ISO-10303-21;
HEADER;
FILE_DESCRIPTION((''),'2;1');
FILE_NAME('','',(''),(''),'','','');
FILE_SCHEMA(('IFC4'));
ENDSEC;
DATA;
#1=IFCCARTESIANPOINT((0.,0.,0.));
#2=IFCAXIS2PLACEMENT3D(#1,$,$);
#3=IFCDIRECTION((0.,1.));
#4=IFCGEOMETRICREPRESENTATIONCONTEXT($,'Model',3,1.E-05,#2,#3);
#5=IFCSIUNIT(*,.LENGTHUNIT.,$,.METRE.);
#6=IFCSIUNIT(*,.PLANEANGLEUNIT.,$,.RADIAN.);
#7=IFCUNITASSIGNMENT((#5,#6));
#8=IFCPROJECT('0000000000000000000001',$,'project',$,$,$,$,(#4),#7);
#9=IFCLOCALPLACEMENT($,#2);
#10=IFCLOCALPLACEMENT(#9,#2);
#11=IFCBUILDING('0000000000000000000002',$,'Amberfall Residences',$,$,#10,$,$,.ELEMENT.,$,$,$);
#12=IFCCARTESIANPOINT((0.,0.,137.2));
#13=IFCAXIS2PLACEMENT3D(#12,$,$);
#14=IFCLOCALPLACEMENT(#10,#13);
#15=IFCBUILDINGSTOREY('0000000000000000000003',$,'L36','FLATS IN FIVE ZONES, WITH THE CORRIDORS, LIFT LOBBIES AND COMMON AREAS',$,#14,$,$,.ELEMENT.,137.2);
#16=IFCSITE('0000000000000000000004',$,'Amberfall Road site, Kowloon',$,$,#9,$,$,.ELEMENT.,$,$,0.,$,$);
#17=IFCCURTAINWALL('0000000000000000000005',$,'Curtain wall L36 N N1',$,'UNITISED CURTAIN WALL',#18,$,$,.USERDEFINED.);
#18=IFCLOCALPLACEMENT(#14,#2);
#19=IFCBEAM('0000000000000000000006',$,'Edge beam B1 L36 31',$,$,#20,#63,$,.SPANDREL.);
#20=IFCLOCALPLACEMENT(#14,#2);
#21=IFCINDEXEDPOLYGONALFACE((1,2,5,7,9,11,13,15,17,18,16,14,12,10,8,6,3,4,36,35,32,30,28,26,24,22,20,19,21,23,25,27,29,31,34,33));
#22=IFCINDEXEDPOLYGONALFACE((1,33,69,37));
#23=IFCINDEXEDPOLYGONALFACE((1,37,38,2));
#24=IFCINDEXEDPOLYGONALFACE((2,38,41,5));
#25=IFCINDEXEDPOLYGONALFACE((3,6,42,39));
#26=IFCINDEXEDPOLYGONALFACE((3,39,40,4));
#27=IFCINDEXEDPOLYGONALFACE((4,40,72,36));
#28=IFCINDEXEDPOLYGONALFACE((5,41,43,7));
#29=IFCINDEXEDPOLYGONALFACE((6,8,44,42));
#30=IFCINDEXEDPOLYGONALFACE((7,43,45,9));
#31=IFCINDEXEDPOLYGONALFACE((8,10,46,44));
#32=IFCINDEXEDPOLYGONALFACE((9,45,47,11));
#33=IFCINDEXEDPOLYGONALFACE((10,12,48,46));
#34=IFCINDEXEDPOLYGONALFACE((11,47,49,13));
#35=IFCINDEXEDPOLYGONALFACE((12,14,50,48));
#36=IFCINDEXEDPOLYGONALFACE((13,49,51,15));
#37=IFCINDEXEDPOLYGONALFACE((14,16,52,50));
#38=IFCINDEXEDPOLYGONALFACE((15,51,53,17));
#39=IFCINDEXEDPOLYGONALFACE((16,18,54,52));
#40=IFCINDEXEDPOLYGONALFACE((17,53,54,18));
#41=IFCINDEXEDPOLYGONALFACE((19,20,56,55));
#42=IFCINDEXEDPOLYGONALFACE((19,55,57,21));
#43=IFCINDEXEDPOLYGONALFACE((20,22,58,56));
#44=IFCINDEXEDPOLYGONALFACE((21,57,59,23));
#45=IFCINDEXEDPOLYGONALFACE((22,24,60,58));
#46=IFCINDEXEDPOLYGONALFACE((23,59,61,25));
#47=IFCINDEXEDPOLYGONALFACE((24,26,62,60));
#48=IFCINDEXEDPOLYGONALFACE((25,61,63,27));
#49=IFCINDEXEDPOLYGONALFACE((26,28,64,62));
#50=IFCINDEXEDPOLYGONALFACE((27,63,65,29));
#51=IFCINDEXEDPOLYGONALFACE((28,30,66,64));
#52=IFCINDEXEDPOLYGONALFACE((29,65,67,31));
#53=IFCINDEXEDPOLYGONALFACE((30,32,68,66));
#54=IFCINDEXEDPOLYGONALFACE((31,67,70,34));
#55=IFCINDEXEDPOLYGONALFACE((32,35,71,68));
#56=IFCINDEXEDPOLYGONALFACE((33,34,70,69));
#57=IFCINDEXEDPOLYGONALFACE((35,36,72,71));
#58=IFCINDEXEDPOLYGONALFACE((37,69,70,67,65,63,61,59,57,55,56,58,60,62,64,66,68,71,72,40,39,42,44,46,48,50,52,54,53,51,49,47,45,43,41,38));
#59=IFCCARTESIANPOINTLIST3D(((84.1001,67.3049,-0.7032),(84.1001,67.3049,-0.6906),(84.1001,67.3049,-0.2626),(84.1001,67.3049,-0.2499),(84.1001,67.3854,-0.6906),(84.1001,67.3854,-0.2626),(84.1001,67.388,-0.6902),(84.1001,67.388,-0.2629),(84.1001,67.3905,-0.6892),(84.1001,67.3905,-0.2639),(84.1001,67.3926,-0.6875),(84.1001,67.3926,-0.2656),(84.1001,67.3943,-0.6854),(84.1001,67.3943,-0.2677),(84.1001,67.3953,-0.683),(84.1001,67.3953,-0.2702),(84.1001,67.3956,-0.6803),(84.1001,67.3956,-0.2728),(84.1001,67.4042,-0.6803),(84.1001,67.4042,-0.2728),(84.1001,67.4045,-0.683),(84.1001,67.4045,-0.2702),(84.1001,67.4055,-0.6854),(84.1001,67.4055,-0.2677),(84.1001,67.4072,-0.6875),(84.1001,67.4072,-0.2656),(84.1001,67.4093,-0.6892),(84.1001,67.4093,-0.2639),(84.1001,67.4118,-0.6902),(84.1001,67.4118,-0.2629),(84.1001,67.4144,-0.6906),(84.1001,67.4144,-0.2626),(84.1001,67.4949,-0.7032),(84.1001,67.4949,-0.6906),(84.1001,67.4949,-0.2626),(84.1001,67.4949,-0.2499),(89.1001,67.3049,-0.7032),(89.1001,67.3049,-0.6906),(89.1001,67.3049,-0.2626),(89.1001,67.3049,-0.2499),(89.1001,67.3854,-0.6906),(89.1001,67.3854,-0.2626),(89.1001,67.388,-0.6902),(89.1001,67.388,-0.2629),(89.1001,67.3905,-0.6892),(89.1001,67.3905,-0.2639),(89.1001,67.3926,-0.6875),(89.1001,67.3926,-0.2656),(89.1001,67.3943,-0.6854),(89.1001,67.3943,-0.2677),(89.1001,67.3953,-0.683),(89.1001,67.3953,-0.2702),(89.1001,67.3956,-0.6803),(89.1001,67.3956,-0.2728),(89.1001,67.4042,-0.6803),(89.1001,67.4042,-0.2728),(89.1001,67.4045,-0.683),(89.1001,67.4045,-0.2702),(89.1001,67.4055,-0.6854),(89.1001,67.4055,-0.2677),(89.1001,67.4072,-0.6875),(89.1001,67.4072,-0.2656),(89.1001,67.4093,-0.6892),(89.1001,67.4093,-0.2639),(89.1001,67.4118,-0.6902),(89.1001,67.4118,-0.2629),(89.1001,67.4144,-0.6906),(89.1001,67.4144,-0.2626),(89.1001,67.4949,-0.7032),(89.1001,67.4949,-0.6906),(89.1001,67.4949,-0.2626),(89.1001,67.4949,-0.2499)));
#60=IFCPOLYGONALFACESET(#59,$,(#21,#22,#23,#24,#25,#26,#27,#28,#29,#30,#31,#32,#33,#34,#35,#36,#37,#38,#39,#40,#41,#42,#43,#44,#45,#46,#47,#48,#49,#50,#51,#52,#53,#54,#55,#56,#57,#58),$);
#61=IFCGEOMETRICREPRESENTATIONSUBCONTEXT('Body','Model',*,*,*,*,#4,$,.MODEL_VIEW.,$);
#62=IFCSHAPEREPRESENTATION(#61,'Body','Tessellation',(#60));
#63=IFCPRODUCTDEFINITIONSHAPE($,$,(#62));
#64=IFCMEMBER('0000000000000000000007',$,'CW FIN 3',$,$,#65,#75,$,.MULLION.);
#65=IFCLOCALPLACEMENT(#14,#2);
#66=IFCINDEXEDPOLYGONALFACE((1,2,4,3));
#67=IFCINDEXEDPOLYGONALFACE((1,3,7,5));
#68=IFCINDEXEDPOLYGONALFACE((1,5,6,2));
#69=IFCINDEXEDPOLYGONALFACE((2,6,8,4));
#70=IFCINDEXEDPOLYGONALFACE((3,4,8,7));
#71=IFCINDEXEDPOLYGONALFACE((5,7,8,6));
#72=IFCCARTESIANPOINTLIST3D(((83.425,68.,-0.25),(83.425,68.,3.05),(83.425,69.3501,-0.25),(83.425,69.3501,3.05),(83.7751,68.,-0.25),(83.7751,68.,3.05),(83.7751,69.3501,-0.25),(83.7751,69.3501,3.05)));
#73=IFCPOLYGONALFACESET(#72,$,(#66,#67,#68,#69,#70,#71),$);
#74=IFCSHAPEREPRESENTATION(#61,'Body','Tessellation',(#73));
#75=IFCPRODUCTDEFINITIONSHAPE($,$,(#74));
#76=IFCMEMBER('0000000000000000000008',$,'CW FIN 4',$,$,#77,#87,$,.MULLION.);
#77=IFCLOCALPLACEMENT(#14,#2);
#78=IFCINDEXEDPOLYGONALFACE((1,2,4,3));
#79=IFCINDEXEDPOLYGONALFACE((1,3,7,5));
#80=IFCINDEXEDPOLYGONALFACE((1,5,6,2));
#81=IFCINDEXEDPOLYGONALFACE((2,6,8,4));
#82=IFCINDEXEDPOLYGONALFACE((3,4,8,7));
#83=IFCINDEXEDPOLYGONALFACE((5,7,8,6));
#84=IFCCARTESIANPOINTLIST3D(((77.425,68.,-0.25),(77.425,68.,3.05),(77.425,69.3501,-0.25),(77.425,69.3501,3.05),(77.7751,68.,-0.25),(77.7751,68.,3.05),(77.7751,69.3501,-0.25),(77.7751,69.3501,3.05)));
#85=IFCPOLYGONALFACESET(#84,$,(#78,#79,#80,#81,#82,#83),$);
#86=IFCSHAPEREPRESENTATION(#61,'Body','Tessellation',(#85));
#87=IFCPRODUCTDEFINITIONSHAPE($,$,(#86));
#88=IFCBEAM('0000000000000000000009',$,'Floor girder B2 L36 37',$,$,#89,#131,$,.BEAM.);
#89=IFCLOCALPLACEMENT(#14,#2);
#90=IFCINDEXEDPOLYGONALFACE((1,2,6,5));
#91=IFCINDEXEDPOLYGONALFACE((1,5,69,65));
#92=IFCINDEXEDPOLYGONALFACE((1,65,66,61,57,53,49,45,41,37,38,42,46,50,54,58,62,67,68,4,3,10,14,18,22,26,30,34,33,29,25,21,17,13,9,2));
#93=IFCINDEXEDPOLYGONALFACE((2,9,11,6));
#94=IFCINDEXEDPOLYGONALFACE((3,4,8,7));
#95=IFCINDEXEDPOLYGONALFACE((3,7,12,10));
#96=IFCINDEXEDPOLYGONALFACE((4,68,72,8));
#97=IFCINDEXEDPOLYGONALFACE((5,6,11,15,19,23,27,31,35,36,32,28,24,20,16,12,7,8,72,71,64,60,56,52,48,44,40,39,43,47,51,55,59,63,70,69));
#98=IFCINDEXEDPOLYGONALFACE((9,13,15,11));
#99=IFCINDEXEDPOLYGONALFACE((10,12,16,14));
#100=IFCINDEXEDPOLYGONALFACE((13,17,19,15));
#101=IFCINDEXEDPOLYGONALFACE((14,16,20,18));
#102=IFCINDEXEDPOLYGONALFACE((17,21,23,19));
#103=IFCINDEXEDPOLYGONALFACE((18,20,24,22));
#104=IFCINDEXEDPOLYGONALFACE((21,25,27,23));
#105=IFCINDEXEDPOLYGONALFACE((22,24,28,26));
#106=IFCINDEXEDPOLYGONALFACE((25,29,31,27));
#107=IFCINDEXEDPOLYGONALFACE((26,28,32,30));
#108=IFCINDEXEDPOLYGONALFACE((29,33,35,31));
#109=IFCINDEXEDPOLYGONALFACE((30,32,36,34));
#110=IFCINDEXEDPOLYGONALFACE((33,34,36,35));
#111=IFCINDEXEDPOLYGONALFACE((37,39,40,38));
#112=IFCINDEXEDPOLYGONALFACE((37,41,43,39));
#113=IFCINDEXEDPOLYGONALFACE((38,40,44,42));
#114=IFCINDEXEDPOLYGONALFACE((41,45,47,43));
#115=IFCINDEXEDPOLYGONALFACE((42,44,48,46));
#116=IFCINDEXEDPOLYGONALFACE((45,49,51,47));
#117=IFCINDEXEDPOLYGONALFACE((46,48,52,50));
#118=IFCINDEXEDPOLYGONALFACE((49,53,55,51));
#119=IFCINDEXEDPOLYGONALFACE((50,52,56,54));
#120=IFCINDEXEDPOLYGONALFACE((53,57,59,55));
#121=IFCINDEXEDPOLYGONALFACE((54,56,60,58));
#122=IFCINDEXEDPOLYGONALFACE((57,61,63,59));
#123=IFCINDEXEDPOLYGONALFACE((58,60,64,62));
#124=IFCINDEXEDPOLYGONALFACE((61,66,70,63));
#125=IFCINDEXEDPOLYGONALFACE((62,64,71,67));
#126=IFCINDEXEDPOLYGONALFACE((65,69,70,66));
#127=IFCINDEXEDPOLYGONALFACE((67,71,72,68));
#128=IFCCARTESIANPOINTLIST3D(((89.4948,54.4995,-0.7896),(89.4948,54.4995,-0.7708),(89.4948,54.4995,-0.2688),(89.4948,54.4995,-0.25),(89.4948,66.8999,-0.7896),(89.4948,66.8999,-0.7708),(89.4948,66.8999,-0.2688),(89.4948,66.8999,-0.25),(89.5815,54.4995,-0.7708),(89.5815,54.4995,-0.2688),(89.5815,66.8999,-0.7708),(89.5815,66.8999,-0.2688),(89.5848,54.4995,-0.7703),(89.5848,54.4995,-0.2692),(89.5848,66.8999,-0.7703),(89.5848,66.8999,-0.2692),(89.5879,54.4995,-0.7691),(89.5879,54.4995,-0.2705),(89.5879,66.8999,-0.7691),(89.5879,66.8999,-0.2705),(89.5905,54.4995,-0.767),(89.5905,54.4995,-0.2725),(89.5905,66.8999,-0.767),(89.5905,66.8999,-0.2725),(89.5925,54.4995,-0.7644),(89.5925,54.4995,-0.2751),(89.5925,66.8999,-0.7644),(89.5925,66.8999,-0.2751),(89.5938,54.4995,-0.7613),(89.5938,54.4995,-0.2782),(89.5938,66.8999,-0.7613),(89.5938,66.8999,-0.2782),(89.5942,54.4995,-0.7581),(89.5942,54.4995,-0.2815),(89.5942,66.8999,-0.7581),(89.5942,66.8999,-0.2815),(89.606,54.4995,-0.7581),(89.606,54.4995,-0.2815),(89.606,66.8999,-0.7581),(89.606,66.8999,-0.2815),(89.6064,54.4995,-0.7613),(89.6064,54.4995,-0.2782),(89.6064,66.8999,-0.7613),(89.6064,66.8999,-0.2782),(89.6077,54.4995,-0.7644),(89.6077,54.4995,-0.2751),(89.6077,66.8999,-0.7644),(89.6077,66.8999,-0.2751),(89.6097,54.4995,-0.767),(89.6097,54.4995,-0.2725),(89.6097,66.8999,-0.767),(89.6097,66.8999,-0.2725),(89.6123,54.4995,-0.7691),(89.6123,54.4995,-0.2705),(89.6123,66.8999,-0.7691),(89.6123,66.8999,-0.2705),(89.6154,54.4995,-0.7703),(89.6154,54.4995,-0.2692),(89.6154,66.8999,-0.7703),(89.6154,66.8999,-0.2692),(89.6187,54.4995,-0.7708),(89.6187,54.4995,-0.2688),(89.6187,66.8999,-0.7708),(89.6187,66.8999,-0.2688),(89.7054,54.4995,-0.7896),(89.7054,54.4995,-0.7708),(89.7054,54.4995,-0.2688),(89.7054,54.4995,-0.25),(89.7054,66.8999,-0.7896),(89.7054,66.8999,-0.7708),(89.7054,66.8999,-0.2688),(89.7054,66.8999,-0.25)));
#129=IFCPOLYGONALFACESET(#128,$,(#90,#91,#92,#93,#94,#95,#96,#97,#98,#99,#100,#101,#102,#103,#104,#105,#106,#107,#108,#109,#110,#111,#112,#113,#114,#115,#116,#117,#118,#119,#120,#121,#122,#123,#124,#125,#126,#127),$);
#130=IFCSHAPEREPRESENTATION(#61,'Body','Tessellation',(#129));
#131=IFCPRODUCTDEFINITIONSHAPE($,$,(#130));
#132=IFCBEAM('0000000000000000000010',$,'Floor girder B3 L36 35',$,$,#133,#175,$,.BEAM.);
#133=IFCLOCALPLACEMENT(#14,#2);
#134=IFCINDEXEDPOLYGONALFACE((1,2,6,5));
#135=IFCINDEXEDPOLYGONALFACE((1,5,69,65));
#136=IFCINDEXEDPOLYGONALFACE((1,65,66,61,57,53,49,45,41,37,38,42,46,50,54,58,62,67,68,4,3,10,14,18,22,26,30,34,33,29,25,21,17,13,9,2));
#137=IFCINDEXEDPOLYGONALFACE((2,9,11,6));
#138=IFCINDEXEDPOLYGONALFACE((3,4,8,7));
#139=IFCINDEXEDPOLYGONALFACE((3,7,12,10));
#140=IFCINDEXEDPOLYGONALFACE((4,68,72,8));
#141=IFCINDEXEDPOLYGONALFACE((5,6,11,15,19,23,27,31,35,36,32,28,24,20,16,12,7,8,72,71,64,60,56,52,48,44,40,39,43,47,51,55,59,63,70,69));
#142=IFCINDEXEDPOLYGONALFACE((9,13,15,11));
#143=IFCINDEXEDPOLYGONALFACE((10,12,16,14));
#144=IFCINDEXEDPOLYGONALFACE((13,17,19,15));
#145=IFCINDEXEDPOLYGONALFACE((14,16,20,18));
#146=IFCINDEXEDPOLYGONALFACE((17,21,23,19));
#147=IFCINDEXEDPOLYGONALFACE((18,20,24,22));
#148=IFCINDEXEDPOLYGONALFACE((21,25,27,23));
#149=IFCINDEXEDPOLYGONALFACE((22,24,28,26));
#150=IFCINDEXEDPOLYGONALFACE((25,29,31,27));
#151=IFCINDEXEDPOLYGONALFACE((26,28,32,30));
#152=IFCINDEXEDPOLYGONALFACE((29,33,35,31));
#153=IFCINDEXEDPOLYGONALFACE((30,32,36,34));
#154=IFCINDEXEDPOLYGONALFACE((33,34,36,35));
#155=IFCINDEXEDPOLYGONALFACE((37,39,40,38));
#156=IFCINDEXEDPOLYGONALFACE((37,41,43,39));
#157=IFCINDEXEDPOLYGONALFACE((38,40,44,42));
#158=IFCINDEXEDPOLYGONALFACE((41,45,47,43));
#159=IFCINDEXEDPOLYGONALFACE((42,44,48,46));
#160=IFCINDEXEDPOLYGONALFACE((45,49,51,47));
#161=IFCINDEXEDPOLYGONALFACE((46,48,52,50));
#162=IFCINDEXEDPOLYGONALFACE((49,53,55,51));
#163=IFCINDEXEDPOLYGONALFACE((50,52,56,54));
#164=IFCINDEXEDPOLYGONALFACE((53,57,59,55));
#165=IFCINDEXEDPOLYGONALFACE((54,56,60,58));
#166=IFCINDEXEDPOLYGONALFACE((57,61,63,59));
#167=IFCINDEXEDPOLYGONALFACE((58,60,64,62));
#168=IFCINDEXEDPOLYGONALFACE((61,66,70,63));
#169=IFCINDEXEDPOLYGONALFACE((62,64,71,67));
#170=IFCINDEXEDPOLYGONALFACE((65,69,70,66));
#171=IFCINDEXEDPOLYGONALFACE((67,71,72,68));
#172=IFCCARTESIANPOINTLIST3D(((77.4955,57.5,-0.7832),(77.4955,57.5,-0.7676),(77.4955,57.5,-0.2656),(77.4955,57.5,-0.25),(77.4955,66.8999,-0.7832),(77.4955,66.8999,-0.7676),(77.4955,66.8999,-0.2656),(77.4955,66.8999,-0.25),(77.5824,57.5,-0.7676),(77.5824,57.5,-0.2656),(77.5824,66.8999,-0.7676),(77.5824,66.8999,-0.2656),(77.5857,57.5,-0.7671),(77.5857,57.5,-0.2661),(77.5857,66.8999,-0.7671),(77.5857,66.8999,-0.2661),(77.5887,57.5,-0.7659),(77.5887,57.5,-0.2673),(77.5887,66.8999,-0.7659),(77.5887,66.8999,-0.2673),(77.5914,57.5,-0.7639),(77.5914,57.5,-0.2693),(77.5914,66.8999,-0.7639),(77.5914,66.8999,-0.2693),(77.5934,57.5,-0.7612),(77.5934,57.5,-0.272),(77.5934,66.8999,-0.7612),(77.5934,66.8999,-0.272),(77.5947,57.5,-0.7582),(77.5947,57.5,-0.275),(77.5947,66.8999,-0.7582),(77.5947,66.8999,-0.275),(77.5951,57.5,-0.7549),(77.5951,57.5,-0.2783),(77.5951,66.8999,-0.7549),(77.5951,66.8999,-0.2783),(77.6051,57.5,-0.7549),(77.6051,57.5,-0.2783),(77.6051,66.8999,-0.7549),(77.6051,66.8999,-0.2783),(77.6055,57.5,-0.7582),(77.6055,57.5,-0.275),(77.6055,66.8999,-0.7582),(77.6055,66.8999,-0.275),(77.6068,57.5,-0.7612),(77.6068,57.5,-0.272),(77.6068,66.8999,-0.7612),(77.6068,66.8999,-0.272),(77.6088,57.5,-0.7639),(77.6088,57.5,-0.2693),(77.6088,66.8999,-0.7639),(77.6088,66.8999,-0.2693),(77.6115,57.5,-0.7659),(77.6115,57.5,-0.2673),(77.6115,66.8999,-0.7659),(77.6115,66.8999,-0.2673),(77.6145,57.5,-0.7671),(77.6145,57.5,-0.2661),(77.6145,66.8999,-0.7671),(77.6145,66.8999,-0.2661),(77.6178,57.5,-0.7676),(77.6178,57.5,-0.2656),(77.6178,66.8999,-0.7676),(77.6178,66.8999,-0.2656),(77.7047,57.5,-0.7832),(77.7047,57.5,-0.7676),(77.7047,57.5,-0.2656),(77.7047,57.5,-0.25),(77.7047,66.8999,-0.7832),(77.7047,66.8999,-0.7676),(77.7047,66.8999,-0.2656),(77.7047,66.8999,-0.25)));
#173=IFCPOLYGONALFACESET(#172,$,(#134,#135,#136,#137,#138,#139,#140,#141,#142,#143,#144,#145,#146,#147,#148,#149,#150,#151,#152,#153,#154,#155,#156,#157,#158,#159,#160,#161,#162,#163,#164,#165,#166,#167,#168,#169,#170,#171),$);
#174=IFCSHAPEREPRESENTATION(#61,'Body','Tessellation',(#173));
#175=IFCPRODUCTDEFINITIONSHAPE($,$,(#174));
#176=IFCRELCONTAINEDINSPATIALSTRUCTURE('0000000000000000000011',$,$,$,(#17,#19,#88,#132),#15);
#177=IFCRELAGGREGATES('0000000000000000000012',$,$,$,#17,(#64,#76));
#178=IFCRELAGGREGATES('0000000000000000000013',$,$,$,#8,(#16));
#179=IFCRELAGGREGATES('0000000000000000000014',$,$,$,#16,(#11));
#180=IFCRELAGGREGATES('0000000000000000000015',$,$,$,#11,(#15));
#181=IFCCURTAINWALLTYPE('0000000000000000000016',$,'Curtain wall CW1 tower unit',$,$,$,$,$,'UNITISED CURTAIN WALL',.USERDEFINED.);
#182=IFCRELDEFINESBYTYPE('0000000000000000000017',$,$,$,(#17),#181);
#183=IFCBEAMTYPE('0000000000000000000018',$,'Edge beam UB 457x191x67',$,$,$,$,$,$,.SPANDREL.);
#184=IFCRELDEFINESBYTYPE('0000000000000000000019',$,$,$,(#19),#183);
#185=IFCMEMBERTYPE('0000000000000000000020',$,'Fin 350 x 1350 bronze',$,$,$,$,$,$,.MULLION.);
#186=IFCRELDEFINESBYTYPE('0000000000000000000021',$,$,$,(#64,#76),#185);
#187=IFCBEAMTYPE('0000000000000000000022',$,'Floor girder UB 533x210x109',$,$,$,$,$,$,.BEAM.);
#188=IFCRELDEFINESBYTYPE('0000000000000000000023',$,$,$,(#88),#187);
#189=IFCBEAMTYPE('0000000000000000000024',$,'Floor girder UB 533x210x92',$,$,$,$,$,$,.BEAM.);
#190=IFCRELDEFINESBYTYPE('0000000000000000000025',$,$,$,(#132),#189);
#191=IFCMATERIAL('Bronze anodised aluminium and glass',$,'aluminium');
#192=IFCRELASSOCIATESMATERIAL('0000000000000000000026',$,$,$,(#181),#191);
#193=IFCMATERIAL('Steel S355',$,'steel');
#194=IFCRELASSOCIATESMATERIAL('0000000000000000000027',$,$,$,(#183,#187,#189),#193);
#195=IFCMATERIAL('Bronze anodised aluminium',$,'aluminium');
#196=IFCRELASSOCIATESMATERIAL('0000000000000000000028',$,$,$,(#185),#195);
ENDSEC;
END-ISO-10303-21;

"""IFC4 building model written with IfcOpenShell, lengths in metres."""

from ifc_helpers import new_model, si_unit, direction, frame, origin, origin_2d, place, context, subcontext, project, spatial, rectangle, i_section, extrude, material, material_profile, profile_set, type_object, element, aggregate, save


model = new_model("IFC4")

# Units and contexts
model_context = context("Model", 3, precision=1e-05, world=origin(), true_north=direction((0.0, 1.0)))
body_context = subcontext(model_context, "Body", "Model", "MODEL_VIEW")
ifc_project = project(units=[si_unit("LENGTHUNIT", "METRE"), si_unit("PLANEANGLEUNIT", "RADIAN")], contexts=[model_context])

# Site, building, storey
site_placement = place(None, origin())
site = spatial("IfcSite", under=ifc_project, at=site_placement, Name="Amberfall Road site, Kowloon", CompositionType="ELEMENT", RefElevation=0.0)
building_placement = place(site_placement, origin())
building = spatial("IfcBuilding", under=site, at=building_placement, Name="Amberfall Residences", CompositionType="ELEMENT")
storey_placement = place(building_placement, frame((0.0, 0.0, 137.2)))
storey = spatial("IfcBuildingStorey", under=building, at=storey_placement, Name="L36", Description="FLATS IN FIVE ZONES, WITH THE CORRIDORS, LIFT LOBBIES AND COMMON AREAS", CompositionType="ELEMENT", Elevation=137.2)

# Curtain wall
ifc_material_1 = material(Name="Bronze anodised aluminium and glass", Category="aluminium")
curtain_wall_type = type_object("IfcCurtainWallType", Name="Curtain wall CW1 tower unit", ElementType="UNITISED CURTAIN WALL", PredefinedType="USERDEFINED", material=ifc_material_1)
curtain_wall_placement = place(storey_placement, origin())
curtain_wall = element("IfcCurtainWall", 1, at=curtain_wall_placement, inside=storey, type_object=curtain_wall_type, Name="Curtain wall L36 N N1", ObjectType="UNITISED CURTAIN WALL", PredefinedType="USERDEFINED")
ifc_material_2 = material(Name="Bronze anodised aluminium", Category="aluminium")

# Beam
ifc_material_3 = material(Name="Steel S355", Category="steel")
ifc_material_profile_1 = material_profile(ifc_material_3, i_section(OverallWidth=0.1899, OverallDepth=0.4534, WebThickness=0.0085, FlangeThickness=0.0127, FilletRadius=0.0103, at=origin_2d()), Name="UB 457x191x67")
ifc_profile_set_1 = profile_set([ifc_material_profile_1], Name="Steel S355")
beam_type_1 = type_object("IfcBeamType", Name="Edge beam UB 457x191x67", PredefinedType="SPANDREL", material=ifc_profile_set_1)
for number, where, z_axis, x_axis, name in (
    (2, (84.1001, 67.3999, -0.4766), (1.0, 0.0, 0.0), (0.0, 1.0, 0.0), "Edge beam B1 L36 31"),
):
    element("IfcBeam", number, at=place(storey_placement, frame(where, z_axis=z_axis, x_axis=x_axis)), inside=storey, type_object=beam_type_1, Name=name, PredefinedType="SPANDREL", context=body_context, shape_type="SweptSolid", body=[
        extrude(i_section(OverallWidth=0.1899, OverallDepth=0.4534, WebThickness=0.0085, FlangeThickness=0.0127, FilletRadius=0.0103, at=origin_2d()), origin(), (0.0, 0.0, 1.0), 5.0),
    ])

# Members
ifc_material_profile_2 = material_profile(ifc_material_2, rectangle(XDim=1.3501, YDim=0.3501, at=origin_2d()), Name="Fin 350 x 1350 bronze")
ifc_profile_set_2 = profile_set([ifc_material_profile_2], Name="Bronze anodised aluminium")
member_type_1 = type_object("IfcMemberType", Name="Fin 350 x 1350 bronze", PredefinedType="MULLION", material=ifc_profile_set_2)
member_1_placement = place(storey_placement, frame((83.6001, 68.675, -0.25), z_axis=(0.0, 0.0, 1.0), x_axis=(0.0, -1.0, 0.0)))
member_1 = element("IfcMember", 3, at=member_1_placement, type_object=member_type_1, Name="CW FIN 3", PredefinedType="MULLION", context=body_context, shape_type="SweptSolid", body=[
    extrude(rectangle(XDim=1.3501, YDim=0.3501, at=origin_2d()), origin(), (0.0, 0.0, 1.0), 3.3),
])
member_2_placement = place(storey_placement, frame((77.6001, 68.675, -0.25), z_axis=(0.0, 0.0, 1.0), x_axis=(0.0, -1.0, 0.0)))
member_2 = element("IfcMember", 4, at=member_2_placement, type_object=member_type_1, Name="CW FIN 4", PredefinedType="MULLION", context=body_context, shape_type="SweptSolid", body=[
    extrude(rectangle(XDim=1.3501, YDim=0.3501, at=origin_2d()), origin(), (0.0, 0.0, 1.0), 3.3),
])

# Beams
ifc_material_profile_3 = material_profile(ifc_material_3, i_section(OverallWidth=0.2107, OverallDepth=0.5396, WebThickness=0.0117, FlangeThickness=0.0188, FilletRadius=0.0127, at=origin_2d()), Name="UB 533x210x109")
ifc_profile_set_3 = profile_set([ifc_material_profile_3], Name="Steel S355")
beam_type_2 = type_object("IfcBeamType", Name="Floor girder UB 533x210x109", PredefinedType="BEAM", material=ifc_profile_set_3)
beam_placement = place(storey_placement, frame((89.6001, 66.8999, -0.5198), z_axis=(0.0, -1.0, 0.0), x_axis=(1.0, 0.0, 0.0)))
element("IfcBeam", 5, at=beam_placement, inside=storey, type_object=beam_type_2, Name="Floor girder B2 L36 37", PredefinedType="BEAM", context=body_context, shape_type="SweptSolid", body=[
    extrude(i_section(OverallWidth=0.2107, OverallDepth=0.5396, WebThickness=0.0117, FlangeThickness=0.0188, FilletRadius=0.0127, at=origin_2d()), origin(), (0.0, 0.0, 1.0), 12.4004),
])
ifc_material_profile_4 = material_profile(ifc_material_3, i_section(OverallWidth=0.2092, OverallDepth=0.5332, WebThickness=0.01, FlangeThickness=0.0156, FilletRadius=0.0127, at=origin_2d()), Name="UB 533x210x92")
ifc_profile_set_4 = profile_set([ifc_material_profile_4], Name="Steel S355")
beam_type_3 = type_object("IfcBeamType", Name="Floor girder UB 533x210x92", PredefinedType="BEAM", material=ifc_profile_set_4)
for number, where, z_axis, x_axis, name in (
    (6, (77.6001, 66.8999, -0.5166), (0.0, -1.0, 0.0), (1.0, 0.0, 0.0), "Floor girder B3 L36 35"),
):
    element("IfcBeam", number, at=place(storey_placement, frame(where, z_axis=z_axis, x_axis=x_axis)), inside=storey, type_object=beam_type_3, Name=name, PredefinedType="BEAM", context=body_context, shape_type="SweptSolid", body=[
        extrude(i_section(OverallWidth=0.2092, OverallDepth=0.5332, WebThickness=0.01, FlangeThickness=0.0156, FilletRadius=0.0127, at=origin_2d()), origin(), (0.0, 0.0, 1.0), 9.3999),
    ])

aggregate(curtain_wall, [member_1, member_2])

save(model, "model.ifc")
